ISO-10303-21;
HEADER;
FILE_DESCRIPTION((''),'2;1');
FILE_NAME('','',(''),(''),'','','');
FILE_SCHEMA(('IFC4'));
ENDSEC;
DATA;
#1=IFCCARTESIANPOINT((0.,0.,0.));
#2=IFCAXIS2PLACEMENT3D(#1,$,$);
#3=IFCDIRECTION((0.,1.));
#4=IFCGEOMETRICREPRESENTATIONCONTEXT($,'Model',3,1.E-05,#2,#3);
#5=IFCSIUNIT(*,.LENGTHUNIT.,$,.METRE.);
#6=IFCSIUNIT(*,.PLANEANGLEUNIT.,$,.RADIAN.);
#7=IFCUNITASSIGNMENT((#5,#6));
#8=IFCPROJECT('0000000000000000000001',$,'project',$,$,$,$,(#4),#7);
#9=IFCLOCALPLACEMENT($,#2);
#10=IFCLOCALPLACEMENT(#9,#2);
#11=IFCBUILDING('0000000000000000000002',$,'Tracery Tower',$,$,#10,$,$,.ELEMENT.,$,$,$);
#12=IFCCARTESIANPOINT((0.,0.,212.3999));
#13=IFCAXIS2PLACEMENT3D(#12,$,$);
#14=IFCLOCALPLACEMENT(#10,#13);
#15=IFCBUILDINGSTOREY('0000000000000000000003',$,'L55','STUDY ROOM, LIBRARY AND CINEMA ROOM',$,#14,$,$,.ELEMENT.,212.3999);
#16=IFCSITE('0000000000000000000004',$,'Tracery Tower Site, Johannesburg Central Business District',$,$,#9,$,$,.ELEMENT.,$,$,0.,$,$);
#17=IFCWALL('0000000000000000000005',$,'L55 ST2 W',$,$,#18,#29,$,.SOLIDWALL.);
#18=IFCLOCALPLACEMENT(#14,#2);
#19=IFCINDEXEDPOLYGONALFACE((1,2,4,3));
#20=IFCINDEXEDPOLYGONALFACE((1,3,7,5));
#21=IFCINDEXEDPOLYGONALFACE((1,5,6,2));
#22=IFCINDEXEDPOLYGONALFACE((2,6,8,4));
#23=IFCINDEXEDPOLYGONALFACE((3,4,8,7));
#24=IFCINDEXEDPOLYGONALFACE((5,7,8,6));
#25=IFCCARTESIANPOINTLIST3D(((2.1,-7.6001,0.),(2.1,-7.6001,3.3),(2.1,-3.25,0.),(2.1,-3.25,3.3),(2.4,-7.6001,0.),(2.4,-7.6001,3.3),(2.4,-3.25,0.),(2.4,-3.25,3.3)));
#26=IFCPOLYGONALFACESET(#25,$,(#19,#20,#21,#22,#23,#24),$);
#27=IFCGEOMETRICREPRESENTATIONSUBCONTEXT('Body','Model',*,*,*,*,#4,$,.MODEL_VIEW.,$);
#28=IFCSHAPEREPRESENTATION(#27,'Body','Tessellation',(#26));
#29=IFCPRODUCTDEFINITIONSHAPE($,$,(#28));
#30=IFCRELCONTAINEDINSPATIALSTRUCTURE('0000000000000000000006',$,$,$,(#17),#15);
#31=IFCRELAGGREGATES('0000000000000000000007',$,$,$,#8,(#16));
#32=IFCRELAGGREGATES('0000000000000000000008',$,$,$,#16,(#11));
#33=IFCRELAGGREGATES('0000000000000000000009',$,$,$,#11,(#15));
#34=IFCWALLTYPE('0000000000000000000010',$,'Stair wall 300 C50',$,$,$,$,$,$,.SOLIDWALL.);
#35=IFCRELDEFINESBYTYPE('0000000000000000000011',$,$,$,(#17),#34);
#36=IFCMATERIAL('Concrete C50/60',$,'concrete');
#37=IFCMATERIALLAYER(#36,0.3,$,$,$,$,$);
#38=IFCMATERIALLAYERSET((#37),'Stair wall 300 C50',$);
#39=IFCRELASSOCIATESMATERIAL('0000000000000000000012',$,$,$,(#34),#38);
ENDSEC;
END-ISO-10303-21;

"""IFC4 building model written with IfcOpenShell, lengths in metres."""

from ifc_helpers import new_model, si_unit, direction, frame, frame_2d, origin, place, context, subcontext, project, spatial, rectangle, extrude, material, layer, layer_set, type_object, element, save


model = new_model("IFC4")

# Units and contexts
model_context = context("Model", 3, precision=1e-05, world=origin(), true_north=direction((0.0, 1.0)))
body_context = subcontext(model_context, "Body", "Model", "MODEL_VIEW")
ifc_project = project(units=[si_unit("LENGTHUNIT", "METRE"), si_unit("PLANEANGLEUNIT", "RADIAN")], contexts=[model_context])

# Site, building, storey
site_placement = place(None, origin())
site = spatial("IfcSite", under=ifc_project, at=site_placement, Name="Tracery Tower Site, Johannesburg Central Business District", CompositionType="ELEMENT", RefElevation=0.0)
building_placement = place(site_placement, origin())
building = spatial("IfcBuilding", under=site, at=building_placement, Name="Tracery Tower", CompositionType="ELEMENT")
storey_placement = place(building_placement, frame((0.0, 0.0, 212.3999)))
storey = spatial("IfcBuildingStorey", under=building, at=storey_placement, Name="L55", Description="STUDY ROOM, LIBRARY AND CINEMA ROOM", CompositionType="ELEMENT", Elevation=212.3999)

# Wall
ifc_material_1 = material(Name="Concrete C50/60", Category="concrete")
ifc_layer_1 = layer(ifc_material_1, 0.3)
ifc_layer_set_1 = layer_set([ifc_layer_1], Name="Stair wall 300 C50")
wall_type_1 = type_object("IfcWallType", Name="Stair wall 300 C50", PredefinedType="SOLIDWALL", material=ifc_layer_set_1)
wall_1_placement = place(storey_placement, frame((2.25, -7.6001, 0.0), z_axis=(0.0, 0.0, 1.0), x_axis=(0.0, 1.0, 0.0)))
element("IfcWall", 1, at=wall_1_placement, inside=storey, type_object=wall_type_1, Name="L55 ST2 W", PredefinedType="SOLIDWALL", context=body_context, shape_type="SweptSolid", body=[
    extrude(rectangle(XDim=4.3501, YDim=0.3, at=frame_2d((2.175, 0.0))), origin(), (0.0, 0.0, 1.0), 3.3),
])

save(model, "model.ifc")
